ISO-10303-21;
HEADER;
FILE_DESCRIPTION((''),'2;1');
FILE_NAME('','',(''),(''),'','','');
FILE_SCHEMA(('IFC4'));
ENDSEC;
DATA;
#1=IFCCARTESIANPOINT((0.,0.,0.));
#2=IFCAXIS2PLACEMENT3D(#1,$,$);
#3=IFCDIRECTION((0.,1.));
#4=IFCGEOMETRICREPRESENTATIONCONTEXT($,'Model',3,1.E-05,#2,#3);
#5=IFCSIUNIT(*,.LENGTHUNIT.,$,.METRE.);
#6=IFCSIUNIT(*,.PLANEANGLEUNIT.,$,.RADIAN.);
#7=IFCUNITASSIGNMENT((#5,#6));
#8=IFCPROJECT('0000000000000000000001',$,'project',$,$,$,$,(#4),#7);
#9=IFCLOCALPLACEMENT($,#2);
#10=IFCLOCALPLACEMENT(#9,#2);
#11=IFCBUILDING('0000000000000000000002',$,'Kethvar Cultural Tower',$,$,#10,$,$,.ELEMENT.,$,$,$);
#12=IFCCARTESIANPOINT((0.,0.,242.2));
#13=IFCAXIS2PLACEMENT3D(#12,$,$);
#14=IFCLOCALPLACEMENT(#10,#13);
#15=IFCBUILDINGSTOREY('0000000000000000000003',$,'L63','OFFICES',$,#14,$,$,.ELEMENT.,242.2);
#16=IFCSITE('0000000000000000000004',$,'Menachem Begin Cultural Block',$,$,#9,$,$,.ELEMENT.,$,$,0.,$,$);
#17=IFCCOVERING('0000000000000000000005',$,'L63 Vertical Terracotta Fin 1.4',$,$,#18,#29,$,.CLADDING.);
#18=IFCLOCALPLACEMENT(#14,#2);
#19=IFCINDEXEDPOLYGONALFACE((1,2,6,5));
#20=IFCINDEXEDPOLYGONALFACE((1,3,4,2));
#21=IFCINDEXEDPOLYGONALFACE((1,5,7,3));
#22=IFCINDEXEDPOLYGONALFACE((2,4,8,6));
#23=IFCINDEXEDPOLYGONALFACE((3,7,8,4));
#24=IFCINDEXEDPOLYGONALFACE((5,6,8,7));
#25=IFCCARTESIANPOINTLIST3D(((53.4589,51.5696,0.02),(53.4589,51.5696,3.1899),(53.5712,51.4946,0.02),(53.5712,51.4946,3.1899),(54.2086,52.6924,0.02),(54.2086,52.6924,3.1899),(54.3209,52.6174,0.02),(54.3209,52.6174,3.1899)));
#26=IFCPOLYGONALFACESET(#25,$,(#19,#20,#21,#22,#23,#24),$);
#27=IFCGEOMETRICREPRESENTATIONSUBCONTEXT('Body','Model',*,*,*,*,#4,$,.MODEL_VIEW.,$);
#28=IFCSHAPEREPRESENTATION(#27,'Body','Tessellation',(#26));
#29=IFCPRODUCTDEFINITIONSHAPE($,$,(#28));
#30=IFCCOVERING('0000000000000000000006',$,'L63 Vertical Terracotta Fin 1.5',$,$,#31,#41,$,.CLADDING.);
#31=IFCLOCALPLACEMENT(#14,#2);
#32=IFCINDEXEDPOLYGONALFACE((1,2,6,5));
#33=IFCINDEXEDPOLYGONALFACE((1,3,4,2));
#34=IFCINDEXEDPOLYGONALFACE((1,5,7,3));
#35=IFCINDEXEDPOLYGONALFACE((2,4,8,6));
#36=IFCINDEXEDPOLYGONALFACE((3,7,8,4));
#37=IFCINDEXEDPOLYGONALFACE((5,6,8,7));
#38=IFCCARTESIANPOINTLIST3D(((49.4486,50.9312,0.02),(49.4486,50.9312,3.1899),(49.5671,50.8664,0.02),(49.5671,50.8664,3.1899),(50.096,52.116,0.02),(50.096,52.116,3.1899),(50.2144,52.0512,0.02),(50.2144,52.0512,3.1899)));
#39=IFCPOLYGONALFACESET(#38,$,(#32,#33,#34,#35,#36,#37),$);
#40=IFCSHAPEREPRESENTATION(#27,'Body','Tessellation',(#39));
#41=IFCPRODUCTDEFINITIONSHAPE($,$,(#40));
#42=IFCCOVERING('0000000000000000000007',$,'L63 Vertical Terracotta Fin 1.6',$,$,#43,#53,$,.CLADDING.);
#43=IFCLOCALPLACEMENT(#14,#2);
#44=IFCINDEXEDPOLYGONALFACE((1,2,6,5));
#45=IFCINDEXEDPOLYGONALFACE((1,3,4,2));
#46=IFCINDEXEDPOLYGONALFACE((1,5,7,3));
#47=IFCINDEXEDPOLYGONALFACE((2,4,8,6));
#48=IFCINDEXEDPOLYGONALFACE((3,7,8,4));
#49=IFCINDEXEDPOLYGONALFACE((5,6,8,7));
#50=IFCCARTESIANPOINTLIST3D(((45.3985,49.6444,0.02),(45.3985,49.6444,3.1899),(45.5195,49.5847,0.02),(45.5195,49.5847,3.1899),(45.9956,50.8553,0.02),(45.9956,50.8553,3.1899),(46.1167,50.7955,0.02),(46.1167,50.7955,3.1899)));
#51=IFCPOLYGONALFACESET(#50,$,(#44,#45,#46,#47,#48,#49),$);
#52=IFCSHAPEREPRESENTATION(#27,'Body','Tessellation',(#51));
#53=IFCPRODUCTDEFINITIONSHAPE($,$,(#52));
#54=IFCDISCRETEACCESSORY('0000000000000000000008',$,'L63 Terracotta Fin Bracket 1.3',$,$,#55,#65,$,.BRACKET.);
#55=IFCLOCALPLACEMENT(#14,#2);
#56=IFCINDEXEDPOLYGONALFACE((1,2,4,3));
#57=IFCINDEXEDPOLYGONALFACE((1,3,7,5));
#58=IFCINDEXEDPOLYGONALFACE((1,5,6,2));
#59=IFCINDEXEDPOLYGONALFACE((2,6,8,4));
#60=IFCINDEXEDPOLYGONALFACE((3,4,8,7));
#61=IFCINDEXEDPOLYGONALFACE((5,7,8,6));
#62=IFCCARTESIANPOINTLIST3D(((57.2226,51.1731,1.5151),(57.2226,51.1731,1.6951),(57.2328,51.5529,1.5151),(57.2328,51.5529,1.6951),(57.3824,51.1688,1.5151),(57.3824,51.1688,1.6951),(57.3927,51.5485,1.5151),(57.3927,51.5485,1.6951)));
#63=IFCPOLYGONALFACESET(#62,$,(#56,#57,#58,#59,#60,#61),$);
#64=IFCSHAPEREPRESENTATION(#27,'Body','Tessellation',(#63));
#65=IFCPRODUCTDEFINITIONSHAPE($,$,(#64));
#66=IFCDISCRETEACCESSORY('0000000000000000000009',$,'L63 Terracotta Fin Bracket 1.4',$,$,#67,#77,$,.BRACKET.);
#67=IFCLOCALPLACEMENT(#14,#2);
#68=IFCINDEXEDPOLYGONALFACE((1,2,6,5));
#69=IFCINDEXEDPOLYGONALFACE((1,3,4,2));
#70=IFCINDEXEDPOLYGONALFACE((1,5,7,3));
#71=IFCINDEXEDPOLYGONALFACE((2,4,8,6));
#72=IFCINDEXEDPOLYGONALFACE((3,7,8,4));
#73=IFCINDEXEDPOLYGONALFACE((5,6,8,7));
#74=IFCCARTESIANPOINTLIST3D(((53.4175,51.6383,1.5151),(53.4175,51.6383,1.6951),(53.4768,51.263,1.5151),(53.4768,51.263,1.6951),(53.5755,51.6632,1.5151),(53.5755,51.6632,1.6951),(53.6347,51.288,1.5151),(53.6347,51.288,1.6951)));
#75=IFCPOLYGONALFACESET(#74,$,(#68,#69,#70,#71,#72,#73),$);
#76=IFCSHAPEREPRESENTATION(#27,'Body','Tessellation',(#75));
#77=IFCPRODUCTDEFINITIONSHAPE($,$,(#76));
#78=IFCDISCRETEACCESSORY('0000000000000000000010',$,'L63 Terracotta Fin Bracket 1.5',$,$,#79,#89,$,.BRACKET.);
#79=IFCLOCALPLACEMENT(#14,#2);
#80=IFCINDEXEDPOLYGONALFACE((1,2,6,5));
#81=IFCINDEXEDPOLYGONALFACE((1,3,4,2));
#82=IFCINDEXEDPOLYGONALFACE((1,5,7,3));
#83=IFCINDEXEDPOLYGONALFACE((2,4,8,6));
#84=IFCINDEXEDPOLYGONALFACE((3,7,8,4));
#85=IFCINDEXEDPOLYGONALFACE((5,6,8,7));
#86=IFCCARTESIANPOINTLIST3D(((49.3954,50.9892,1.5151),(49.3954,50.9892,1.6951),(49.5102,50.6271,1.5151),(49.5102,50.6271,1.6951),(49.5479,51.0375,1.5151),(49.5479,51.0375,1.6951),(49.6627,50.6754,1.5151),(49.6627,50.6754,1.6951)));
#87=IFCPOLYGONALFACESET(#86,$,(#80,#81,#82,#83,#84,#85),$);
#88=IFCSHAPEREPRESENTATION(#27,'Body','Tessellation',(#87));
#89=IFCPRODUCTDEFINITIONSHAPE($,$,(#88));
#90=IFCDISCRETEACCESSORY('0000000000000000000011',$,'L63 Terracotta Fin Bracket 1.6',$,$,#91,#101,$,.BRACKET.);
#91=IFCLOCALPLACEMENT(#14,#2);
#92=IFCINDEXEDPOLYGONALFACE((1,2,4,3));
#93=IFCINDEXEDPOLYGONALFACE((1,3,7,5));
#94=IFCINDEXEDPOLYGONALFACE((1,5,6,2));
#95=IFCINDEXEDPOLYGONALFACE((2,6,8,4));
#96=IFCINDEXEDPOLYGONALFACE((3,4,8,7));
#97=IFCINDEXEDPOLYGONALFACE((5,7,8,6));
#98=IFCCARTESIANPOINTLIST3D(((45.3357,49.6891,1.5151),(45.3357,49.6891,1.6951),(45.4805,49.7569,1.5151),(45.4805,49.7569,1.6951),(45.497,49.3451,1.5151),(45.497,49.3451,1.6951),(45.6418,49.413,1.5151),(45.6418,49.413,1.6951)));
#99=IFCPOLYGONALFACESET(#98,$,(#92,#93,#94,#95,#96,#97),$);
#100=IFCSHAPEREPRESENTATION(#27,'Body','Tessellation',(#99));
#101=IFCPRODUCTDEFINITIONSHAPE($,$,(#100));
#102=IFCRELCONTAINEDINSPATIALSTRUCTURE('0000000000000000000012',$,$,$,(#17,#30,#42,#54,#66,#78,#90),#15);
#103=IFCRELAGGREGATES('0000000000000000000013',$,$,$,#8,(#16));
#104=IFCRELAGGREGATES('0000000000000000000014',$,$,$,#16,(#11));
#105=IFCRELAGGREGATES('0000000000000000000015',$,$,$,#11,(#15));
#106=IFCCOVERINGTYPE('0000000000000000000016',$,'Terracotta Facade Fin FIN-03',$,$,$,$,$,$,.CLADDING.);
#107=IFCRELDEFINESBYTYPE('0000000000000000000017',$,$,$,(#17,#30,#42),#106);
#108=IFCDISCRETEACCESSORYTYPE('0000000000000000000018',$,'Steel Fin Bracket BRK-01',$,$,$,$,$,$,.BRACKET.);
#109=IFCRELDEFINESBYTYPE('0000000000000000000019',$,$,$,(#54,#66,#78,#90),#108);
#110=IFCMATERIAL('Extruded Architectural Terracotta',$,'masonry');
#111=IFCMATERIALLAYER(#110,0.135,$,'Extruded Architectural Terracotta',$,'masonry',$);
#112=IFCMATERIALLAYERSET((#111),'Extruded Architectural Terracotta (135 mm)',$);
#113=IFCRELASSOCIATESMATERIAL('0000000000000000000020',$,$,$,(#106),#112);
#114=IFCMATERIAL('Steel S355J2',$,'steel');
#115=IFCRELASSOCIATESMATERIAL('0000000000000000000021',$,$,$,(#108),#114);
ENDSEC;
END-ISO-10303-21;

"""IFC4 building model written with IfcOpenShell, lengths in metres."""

from ifc_helpers import new_model, si_unit, direction, frame, origin, origin_2d, place, context, subcontext, project, spatial, rectangle, extrude, source, transform, mapped, material, layer, layer_set, type_object, element, save


model = new_model("IFC4")

# Units and contexts
model_context = context("Model", 3, precision=1e-05, world=origin(), true_north=direction((0.0, 1.0)))
body_context = subcontext(model_context, "Body", "Model", "MODEL_VIEW")
ifc_project = project(units=[si_unit("LENGTHUNIT", "METRE"), si_unit("PLANEANGLEUNIT", "RADIAN")], contexts=[model_context])

# Site, building, storey
site_placement = place(None, origin())
site = spatial("IfcSite", under=ifc_project, at=site_placement, Name="Menachem Begin Cultural Block", CompositionType="ELEMENT", RefElevation=0.0)
building_placement = place(site_placement, origin())
building = spatial("IfcBuilding", under=site, at=building_placement, Name="Kethvar Cultural Tower", CompositionType="ELEMENT")
storey_placement = place(building_placement, frame((0.0, 0.0, 242.2)))
storey = spatial("IfcBuildingStorey", under=building, at=storey_placement, Name="L63", Description="OFFICES", CompositionType="ELEMENT", Elevation=242.2)

# Shared definitions
ifc_material_1 = material(Name="Steel S355J2", Category="steel")

# Coverings
ifc_material_2 = material(Name="Extruded Architectural Terracotta", Category="masonry")
ifc_layer_1 = layer(ifc_material_2, 0.135, Name="Extruded Architectural Terracotta", Category="masonry")
ifc_layer_set_1 = layer_set([ifc_layer_1], Name="Extruded Architectural Terracotta (135 mm)")
covering_type = type_object("IfcCoveringType", Name="Terracotta Facade Fin FIN-03", PredefinedType="CLADDING", material=ifc_layer_set_1)
shared_shape_1 = source(origin(), body_context, "Body", "SweptSolid", [
    extrude(rectangle(XDim=1.3501, YDim=0.135, at=origin_2d()), origin(), (0.0, 0.0, 1.0), 3.1699),
])
for number, where, z_axis, x_axis, name in (
    (1, (53.8899, 52.0935, 0.02), (0.0, 0.0, 1.0), (0.55528, 0.831663, 0.0), "L63 Vertical Terracotta Fin 1.4"),
    (2, (49.8315, 51.4912, 0.02), (0.0, 0.0, 1.0), (0.479458, 0.877565, 0.0), "L63 Vertical Terracotta Fin 1.5"),
    (3, (45.7576, 50.22, 0.02), (0.0, 0.0, 1.0), (0.442289, 0.896873, 0.0), "L63 Vertical Terracotta Fin 1.6"),
):
    element("IfcCovering", number, at=place(storey_placement, frame(where, z_axis=z_axis, x_axis=x_axis)), inside=storey, type_object=covering_type, Name=name, PredefinedType="CLADDING", context=body_context, shape_type="MappedRepresentation", body=[
        mapped(shared_shape_1, transform((0.0, 0.0, 0.0), scale=1.0)),
    ])

# Discrete accessories
discrete_accessory_type = type_object("IfcDiscreteAccessoryType", Name="Steel Fin Bracket BRK-01", PredefinedType="BRACKET", material=ifc_material_1)
shared_shape_2 = source(origin(), body_context, "Body", "SweptSolid", [
    extrude(rectangle(XDim=0.3799, YDim=0.1599, at=origin_2d()), origin(), (0.0, 0.0, 1.0), 0.1799),
])
for number, where, z_axis, x_axis, name in (
    (4, (57.3076, 51.3608, 1.5151), (0.0, 0.0, 1.0), (0.027049, 0.999634, 0.0), "L63 Terracotta Fin Bracket 1.3"),
    (5, (53.5261, 51.4631, 1.5151), (0.0, 0.0, 1.0), (-0.155917, 0.98777, 0.0), "L63 Terracotta Fin Bracket 1.4"),
    (6, (49.5291, 50.8323, 1.5151), (0.0, 0.0, 1.0), (-0.302204, 0.953243, 0.0), "L63 Terracotta Fin Bracket 1.5"),
    (7, (45.4888, 49.551, 1.5151), (0.0, 0.0, 1.0), (-0.424516, 0.905421, 0.0), "L63 Terracotta Fin Bracket 1.6"),
):
    element("IfcDiscreteAccessory", number, at=place(storey_placement, frame(where, z_axis=z_axis, x_axis=x_axis)), inside=storey, type_object=discrete_accessory_type, Name=name, PredefinedType="BRACKET", context=body_context, shape_type="MappedRepresentation", body=[
        mapped(shared_shape_2, transform((0.0, 0.0, 0.0), scale=1.0)),
    ])

save(model, "model.ifc")
